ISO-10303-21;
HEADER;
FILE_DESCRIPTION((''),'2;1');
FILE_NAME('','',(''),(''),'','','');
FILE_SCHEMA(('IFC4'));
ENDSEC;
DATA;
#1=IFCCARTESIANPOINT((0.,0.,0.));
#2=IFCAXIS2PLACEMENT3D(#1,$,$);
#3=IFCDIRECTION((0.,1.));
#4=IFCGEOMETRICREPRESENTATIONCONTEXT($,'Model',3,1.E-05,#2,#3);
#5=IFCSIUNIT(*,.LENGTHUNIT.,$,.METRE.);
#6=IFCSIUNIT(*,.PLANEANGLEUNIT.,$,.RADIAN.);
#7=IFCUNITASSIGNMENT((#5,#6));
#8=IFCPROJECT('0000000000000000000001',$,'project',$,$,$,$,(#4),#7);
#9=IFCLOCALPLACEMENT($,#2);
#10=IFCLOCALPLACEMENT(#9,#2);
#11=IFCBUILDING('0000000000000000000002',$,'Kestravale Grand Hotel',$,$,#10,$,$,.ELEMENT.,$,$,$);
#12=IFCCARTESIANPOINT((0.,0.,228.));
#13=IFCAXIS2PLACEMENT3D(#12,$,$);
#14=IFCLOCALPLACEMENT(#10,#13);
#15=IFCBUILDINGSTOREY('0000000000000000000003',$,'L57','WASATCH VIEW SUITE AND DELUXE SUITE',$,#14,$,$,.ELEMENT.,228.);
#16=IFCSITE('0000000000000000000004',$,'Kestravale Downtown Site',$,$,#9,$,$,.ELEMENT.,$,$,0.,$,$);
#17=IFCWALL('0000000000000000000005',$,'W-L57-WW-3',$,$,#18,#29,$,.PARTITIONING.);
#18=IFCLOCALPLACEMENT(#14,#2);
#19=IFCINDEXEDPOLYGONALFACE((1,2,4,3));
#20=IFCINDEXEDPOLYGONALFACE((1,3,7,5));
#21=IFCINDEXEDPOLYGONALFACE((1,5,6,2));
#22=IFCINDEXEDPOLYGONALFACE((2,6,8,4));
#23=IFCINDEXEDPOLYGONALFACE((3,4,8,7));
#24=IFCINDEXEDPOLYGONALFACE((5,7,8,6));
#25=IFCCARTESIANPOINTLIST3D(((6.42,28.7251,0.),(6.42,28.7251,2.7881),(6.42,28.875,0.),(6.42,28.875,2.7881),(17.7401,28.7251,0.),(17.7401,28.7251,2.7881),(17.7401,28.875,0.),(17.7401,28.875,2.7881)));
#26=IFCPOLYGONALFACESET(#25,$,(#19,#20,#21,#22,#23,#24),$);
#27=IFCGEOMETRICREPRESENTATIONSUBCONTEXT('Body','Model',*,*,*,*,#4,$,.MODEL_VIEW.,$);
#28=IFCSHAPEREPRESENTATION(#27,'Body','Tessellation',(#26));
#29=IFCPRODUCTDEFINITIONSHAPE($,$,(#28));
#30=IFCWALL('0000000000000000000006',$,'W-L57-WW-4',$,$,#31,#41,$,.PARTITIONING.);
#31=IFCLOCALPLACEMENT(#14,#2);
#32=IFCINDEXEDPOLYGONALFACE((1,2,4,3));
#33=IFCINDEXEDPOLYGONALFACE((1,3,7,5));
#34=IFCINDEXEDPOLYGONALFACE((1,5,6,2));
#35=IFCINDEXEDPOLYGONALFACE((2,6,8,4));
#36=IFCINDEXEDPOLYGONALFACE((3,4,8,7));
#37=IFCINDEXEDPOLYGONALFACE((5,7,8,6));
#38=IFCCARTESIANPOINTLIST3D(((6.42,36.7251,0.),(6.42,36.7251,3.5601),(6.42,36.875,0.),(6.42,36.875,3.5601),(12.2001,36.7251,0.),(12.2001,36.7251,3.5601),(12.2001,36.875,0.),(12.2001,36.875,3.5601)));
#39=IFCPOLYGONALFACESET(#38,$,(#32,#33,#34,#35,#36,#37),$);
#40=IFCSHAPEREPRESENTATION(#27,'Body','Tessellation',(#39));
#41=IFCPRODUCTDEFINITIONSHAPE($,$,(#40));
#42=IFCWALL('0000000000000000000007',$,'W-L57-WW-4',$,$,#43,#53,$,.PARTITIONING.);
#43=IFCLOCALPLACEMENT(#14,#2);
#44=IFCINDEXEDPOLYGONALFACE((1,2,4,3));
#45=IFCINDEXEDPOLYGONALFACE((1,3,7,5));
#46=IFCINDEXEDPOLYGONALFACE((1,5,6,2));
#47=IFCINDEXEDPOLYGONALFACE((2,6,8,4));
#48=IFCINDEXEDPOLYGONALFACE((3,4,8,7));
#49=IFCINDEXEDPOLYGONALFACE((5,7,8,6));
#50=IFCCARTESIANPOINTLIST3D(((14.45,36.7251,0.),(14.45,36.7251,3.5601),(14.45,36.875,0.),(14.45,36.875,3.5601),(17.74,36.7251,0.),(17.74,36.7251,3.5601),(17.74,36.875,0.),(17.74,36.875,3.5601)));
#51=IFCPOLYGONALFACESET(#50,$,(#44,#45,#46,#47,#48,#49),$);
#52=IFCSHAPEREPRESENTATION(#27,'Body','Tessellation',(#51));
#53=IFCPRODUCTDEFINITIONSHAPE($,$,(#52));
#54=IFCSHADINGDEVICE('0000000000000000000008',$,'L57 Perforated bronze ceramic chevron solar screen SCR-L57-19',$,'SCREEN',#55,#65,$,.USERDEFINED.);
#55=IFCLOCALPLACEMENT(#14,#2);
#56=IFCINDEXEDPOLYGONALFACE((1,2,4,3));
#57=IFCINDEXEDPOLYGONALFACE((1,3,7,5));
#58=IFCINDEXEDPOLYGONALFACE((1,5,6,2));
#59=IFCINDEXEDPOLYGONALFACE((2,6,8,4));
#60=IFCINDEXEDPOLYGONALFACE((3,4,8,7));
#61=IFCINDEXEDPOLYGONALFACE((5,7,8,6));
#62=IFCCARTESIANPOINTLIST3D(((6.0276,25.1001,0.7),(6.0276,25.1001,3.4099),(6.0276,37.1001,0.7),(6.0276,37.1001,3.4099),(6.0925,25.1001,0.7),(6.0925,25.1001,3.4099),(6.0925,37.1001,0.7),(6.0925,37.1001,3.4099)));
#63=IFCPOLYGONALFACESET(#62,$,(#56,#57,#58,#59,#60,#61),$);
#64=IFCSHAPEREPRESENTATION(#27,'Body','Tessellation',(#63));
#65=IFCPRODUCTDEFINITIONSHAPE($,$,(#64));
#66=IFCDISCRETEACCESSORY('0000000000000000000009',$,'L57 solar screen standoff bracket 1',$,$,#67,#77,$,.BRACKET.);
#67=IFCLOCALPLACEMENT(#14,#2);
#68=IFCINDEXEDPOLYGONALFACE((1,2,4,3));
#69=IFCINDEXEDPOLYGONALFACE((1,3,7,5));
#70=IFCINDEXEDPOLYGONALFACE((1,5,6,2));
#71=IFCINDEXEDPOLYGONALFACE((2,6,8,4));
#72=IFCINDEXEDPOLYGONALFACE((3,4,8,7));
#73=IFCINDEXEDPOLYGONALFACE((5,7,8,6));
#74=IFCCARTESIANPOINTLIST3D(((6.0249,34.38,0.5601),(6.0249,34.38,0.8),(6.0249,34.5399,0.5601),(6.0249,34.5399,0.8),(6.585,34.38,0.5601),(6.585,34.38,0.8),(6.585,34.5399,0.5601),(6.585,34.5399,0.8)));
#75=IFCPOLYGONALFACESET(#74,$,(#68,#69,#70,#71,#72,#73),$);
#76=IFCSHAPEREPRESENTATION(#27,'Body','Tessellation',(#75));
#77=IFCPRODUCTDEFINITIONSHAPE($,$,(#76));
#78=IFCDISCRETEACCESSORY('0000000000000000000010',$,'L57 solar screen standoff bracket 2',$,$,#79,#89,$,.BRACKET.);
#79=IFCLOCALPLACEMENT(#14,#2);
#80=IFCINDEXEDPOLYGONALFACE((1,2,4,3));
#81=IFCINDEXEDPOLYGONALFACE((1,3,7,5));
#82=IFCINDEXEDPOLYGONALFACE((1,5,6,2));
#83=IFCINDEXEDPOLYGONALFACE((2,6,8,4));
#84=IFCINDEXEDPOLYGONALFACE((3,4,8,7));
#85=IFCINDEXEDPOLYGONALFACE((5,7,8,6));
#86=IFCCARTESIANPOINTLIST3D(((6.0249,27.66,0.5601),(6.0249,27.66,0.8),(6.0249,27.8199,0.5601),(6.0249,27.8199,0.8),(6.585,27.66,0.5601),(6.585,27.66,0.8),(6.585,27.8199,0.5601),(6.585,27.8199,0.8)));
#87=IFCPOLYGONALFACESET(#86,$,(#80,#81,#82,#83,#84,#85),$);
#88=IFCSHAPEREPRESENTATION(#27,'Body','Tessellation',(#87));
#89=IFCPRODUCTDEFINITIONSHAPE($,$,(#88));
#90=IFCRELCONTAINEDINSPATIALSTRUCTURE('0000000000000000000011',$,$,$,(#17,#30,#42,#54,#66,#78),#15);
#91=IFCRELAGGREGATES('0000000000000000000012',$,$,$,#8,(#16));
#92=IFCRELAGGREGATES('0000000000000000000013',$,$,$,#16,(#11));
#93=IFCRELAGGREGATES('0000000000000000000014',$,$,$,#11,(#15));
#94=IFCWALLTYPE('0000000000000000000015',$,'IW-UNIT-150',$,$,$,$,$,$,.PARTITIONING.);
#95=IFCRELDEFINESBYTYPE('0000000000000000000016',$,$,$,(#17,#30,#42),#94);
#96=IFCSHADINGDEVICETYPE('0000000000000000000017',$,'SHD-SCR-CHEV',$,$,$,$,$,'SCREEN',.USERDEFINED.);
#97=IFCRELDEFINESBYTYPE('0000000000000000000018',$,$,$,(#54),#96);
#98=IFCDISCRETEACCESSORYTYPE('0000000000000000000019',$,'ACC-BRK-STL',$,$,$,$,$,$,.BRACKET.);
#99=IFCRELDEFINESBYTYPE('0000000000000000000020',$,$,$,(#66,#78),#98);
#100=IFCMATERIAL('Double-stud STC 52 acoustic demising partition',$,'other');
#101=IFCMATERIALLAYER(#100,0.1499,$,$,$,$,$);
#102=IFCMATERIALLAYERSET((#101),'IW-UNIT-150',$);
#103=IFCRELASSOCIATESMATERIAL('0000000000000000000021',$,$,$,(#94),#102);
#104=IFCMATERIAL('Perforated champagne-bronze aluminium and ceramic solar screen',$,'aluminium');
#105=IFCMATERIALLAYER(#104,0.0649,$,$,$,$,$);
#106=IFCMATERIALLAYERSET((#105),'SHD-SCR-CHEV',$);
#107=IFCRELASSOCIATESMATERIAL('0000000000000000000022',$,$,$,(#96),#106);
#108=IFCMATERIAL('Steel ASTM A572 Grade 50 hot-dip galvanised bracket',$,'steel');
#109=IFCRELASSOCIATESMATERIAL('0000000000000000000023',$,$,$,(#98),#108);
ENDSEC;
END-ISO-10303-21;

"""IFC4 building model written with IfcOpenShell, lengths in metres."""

from ifc_helpers import new_model, si_unit, direction, frame, frame_2d, origin, origin_2d, place, context, subcontext, project, spatial, rectangle, extrude, material, layer, layer_set, type_object, element, save


model = new_model("IFC4")

# Units and contexts
model_context = context("Model", 3, precision=1e-05, world=origin(), true_north=direction((0.0, 1.0)))
body_context = subcontext(model_context, "Body", "Model", "MODEL_VIEW")
ifc_project = project(units=[si_unit("LENGTHUNIT", "METRE"), si_unit("PLANEANGLEUNIT", "RADIAN")], contexts=[model_context])

# Site, building, storey
site_placement = place(None, origin())
site = spatial("IfcSite", under=ifc_project, at=site_placement, Name="Kestravale Downtown Site", CompositionType="ELEMENT", RefElevation=0.0)
building_placement = place(site_placement, origin())
building = spatial("IfcBuilding", under=site, at=building_placement, Name="Kestravale Grand Hotel", CompositionType="ELEMENT")
storey_placement = place(building_placement, frame((0.0, 0.0, 228.0)))
storey = spatial("IfcBuildingStorey", under=building, at=storey_placement, Name="L57", Description="WASATCH VIEW SUITE AND DELUXE SUITE", CompositionType="ELEMENT", Elevation=228.0)

# Walls
ifc_material_1 = material(Name="Double-stud STC 52 acoustic demising partition", Category="other")
ifc_layer_1 = layer(ifc_material_1, 0.1499)
ifc_layer_set_1 = layer_set([ifc_layer_1], Name="IW-UNIT-150")
wall_type_1 = type_object("IfcWallType", Name="IW-UNIT-150", PredefinedType="PARTITIONING", material=ifc_layer_set_1)
wall_1_placement = place(storey_placement, frame((6.4199, 28.8, 0.0), z_axis=(0.0, 0.0, 1.0), x_axis=(1.0, 0.0, 0.0)))
element("IfcWall", 1, at=wall_1_placement, inside=storey, type_object=wall_type_1, Name="W-L57-WW-3", PredefinedType="PARTITIONING", context=body_context, shape_type="SweptSolid", body=[
    extrude(rectangle(XDim=11.3201, YDim=0.1499, at=frame_2d((5.6602, 0.0))), origin(), (0.0, 0.0, 1.0), 2.7881),
])
wall_2_placement = place(storey_placement, frame((6.4199, 36.8, 0.0), z_axis=(0.0, 0.0, 1.0), x_axis=(1.0, 0.0, 0.0)))
element("IfcWall", 2, at=wall_2_placement, inside=storey, type_object=wall_type_1, Name="W-L57-WW-4", PredefinedType="PARTITIONING", context=body_context, shape_type="SweptSolid", body=[
    extrude(rectangle(XDim=5.78, YDim=0.1499, at=frame_2d((2.8901, 0.0))), origin(), (0.0, 0.0, 1.0), 3.5601),
])
wall_3_placement = place(storey_placement, frame((14.45, 36.8, 0.0), z_axis=(0.0, 0.0, 1.0), x_axis=(1.0, 0.0, 0.0)))
element("IfcWall", 3, at=wall_3_placement, inside=storey, type_object=wall_type_1, Name="W-L57-WW-4", PredefinedType="PARTITIONING", context=body_context, shape_type="SweptSolid", body=[
    extrude(rectangle(XDim=3.29, YDim=0.1499, at=frame_2d((1.645, 0.0))), origin(), (0.0, 0.0, 1.0), 3.5601),
])

# Shading device
ifc_material_2 = material(Name="Perforated champagne-bronze aluminium and ceramic solar screen", Category="aluminium")
ifc_layer_2 = layer(ifc_material_2, 0.0649)
ifc_layer_set_2 = layer_set([ifc_layer_2], Name="SHD-SCR-CHEV")
shading_device_type = type_object("IfcShadingDeviceType", Name="SHD-SCR-CHEV", ElementType="SCREEN", PredefinedType="USERDEFINED", material=ifc_layer_set_2)
shading_device_placement = place(storey_placement, frame((6.0601, 31.1001, 0.7), z_axis=(0.0, 0.0, 1.0), x_axis=(0.0, -1.0, 0.0)))
element("IfcShadingDevice", 4, at=shading_device_placement, inside=storey, type_object=shading_device_type, Name="L57 Perforated bronze ceramic chevron solar screen SCR-L57-19", ObjectType="SCREEN", PredefinedType="USERDEFINED", context=body_context, shape_type="SweptSolid", body=[
    extrude(rectangle(XDim=12.0, YDim=0.0649, at=origin_2d()), origin(), (0.0, 0.0, 1.0), 2.71),
])

# Discrete accessories
ifc_material_3 = material(Name="Steel ASTM A572 Grade 50 hot-dip galvanised bracket", Category="steel")
discrete_accessory_type = type_object("IfcDiscreteAccessoryType", Name="ACC-BRK-STL", PredefinedType="BRACKET", material=ifc_material_3)
for number, where, z_axis, x_axis, name in (
    (5, (6.3049, 34.46, 0.5601), (0.0, 0.0, 1.0), (0.0, -1.0, 0.0), "L57 solar screen standoff bracket 1"),
    (6, (6.3049, 27.74, 0.5601), (0.0, 0.0, 1.0), (0.0, -1.0, 0.0), "L57 solar screen standoff bracket 2"),
):
    element("IfcDiscreteAccessory", number, at=place(storey_placement, frame(where, z_axis=z_axis, x_axis=x_axis)), inside=storey, type_object=discrete_accessory_type, Name=name, PredefinedType="BRACKET", context=body_context, shape_type="SweptSolid", body=[
        extrude(rectangle(XDim=0.1599, YDim=0.5601, at=origin_2d()), origin(), (0.0, 0.0, 1.0), 0.24),
    ])

save(model, "model.ifc")
